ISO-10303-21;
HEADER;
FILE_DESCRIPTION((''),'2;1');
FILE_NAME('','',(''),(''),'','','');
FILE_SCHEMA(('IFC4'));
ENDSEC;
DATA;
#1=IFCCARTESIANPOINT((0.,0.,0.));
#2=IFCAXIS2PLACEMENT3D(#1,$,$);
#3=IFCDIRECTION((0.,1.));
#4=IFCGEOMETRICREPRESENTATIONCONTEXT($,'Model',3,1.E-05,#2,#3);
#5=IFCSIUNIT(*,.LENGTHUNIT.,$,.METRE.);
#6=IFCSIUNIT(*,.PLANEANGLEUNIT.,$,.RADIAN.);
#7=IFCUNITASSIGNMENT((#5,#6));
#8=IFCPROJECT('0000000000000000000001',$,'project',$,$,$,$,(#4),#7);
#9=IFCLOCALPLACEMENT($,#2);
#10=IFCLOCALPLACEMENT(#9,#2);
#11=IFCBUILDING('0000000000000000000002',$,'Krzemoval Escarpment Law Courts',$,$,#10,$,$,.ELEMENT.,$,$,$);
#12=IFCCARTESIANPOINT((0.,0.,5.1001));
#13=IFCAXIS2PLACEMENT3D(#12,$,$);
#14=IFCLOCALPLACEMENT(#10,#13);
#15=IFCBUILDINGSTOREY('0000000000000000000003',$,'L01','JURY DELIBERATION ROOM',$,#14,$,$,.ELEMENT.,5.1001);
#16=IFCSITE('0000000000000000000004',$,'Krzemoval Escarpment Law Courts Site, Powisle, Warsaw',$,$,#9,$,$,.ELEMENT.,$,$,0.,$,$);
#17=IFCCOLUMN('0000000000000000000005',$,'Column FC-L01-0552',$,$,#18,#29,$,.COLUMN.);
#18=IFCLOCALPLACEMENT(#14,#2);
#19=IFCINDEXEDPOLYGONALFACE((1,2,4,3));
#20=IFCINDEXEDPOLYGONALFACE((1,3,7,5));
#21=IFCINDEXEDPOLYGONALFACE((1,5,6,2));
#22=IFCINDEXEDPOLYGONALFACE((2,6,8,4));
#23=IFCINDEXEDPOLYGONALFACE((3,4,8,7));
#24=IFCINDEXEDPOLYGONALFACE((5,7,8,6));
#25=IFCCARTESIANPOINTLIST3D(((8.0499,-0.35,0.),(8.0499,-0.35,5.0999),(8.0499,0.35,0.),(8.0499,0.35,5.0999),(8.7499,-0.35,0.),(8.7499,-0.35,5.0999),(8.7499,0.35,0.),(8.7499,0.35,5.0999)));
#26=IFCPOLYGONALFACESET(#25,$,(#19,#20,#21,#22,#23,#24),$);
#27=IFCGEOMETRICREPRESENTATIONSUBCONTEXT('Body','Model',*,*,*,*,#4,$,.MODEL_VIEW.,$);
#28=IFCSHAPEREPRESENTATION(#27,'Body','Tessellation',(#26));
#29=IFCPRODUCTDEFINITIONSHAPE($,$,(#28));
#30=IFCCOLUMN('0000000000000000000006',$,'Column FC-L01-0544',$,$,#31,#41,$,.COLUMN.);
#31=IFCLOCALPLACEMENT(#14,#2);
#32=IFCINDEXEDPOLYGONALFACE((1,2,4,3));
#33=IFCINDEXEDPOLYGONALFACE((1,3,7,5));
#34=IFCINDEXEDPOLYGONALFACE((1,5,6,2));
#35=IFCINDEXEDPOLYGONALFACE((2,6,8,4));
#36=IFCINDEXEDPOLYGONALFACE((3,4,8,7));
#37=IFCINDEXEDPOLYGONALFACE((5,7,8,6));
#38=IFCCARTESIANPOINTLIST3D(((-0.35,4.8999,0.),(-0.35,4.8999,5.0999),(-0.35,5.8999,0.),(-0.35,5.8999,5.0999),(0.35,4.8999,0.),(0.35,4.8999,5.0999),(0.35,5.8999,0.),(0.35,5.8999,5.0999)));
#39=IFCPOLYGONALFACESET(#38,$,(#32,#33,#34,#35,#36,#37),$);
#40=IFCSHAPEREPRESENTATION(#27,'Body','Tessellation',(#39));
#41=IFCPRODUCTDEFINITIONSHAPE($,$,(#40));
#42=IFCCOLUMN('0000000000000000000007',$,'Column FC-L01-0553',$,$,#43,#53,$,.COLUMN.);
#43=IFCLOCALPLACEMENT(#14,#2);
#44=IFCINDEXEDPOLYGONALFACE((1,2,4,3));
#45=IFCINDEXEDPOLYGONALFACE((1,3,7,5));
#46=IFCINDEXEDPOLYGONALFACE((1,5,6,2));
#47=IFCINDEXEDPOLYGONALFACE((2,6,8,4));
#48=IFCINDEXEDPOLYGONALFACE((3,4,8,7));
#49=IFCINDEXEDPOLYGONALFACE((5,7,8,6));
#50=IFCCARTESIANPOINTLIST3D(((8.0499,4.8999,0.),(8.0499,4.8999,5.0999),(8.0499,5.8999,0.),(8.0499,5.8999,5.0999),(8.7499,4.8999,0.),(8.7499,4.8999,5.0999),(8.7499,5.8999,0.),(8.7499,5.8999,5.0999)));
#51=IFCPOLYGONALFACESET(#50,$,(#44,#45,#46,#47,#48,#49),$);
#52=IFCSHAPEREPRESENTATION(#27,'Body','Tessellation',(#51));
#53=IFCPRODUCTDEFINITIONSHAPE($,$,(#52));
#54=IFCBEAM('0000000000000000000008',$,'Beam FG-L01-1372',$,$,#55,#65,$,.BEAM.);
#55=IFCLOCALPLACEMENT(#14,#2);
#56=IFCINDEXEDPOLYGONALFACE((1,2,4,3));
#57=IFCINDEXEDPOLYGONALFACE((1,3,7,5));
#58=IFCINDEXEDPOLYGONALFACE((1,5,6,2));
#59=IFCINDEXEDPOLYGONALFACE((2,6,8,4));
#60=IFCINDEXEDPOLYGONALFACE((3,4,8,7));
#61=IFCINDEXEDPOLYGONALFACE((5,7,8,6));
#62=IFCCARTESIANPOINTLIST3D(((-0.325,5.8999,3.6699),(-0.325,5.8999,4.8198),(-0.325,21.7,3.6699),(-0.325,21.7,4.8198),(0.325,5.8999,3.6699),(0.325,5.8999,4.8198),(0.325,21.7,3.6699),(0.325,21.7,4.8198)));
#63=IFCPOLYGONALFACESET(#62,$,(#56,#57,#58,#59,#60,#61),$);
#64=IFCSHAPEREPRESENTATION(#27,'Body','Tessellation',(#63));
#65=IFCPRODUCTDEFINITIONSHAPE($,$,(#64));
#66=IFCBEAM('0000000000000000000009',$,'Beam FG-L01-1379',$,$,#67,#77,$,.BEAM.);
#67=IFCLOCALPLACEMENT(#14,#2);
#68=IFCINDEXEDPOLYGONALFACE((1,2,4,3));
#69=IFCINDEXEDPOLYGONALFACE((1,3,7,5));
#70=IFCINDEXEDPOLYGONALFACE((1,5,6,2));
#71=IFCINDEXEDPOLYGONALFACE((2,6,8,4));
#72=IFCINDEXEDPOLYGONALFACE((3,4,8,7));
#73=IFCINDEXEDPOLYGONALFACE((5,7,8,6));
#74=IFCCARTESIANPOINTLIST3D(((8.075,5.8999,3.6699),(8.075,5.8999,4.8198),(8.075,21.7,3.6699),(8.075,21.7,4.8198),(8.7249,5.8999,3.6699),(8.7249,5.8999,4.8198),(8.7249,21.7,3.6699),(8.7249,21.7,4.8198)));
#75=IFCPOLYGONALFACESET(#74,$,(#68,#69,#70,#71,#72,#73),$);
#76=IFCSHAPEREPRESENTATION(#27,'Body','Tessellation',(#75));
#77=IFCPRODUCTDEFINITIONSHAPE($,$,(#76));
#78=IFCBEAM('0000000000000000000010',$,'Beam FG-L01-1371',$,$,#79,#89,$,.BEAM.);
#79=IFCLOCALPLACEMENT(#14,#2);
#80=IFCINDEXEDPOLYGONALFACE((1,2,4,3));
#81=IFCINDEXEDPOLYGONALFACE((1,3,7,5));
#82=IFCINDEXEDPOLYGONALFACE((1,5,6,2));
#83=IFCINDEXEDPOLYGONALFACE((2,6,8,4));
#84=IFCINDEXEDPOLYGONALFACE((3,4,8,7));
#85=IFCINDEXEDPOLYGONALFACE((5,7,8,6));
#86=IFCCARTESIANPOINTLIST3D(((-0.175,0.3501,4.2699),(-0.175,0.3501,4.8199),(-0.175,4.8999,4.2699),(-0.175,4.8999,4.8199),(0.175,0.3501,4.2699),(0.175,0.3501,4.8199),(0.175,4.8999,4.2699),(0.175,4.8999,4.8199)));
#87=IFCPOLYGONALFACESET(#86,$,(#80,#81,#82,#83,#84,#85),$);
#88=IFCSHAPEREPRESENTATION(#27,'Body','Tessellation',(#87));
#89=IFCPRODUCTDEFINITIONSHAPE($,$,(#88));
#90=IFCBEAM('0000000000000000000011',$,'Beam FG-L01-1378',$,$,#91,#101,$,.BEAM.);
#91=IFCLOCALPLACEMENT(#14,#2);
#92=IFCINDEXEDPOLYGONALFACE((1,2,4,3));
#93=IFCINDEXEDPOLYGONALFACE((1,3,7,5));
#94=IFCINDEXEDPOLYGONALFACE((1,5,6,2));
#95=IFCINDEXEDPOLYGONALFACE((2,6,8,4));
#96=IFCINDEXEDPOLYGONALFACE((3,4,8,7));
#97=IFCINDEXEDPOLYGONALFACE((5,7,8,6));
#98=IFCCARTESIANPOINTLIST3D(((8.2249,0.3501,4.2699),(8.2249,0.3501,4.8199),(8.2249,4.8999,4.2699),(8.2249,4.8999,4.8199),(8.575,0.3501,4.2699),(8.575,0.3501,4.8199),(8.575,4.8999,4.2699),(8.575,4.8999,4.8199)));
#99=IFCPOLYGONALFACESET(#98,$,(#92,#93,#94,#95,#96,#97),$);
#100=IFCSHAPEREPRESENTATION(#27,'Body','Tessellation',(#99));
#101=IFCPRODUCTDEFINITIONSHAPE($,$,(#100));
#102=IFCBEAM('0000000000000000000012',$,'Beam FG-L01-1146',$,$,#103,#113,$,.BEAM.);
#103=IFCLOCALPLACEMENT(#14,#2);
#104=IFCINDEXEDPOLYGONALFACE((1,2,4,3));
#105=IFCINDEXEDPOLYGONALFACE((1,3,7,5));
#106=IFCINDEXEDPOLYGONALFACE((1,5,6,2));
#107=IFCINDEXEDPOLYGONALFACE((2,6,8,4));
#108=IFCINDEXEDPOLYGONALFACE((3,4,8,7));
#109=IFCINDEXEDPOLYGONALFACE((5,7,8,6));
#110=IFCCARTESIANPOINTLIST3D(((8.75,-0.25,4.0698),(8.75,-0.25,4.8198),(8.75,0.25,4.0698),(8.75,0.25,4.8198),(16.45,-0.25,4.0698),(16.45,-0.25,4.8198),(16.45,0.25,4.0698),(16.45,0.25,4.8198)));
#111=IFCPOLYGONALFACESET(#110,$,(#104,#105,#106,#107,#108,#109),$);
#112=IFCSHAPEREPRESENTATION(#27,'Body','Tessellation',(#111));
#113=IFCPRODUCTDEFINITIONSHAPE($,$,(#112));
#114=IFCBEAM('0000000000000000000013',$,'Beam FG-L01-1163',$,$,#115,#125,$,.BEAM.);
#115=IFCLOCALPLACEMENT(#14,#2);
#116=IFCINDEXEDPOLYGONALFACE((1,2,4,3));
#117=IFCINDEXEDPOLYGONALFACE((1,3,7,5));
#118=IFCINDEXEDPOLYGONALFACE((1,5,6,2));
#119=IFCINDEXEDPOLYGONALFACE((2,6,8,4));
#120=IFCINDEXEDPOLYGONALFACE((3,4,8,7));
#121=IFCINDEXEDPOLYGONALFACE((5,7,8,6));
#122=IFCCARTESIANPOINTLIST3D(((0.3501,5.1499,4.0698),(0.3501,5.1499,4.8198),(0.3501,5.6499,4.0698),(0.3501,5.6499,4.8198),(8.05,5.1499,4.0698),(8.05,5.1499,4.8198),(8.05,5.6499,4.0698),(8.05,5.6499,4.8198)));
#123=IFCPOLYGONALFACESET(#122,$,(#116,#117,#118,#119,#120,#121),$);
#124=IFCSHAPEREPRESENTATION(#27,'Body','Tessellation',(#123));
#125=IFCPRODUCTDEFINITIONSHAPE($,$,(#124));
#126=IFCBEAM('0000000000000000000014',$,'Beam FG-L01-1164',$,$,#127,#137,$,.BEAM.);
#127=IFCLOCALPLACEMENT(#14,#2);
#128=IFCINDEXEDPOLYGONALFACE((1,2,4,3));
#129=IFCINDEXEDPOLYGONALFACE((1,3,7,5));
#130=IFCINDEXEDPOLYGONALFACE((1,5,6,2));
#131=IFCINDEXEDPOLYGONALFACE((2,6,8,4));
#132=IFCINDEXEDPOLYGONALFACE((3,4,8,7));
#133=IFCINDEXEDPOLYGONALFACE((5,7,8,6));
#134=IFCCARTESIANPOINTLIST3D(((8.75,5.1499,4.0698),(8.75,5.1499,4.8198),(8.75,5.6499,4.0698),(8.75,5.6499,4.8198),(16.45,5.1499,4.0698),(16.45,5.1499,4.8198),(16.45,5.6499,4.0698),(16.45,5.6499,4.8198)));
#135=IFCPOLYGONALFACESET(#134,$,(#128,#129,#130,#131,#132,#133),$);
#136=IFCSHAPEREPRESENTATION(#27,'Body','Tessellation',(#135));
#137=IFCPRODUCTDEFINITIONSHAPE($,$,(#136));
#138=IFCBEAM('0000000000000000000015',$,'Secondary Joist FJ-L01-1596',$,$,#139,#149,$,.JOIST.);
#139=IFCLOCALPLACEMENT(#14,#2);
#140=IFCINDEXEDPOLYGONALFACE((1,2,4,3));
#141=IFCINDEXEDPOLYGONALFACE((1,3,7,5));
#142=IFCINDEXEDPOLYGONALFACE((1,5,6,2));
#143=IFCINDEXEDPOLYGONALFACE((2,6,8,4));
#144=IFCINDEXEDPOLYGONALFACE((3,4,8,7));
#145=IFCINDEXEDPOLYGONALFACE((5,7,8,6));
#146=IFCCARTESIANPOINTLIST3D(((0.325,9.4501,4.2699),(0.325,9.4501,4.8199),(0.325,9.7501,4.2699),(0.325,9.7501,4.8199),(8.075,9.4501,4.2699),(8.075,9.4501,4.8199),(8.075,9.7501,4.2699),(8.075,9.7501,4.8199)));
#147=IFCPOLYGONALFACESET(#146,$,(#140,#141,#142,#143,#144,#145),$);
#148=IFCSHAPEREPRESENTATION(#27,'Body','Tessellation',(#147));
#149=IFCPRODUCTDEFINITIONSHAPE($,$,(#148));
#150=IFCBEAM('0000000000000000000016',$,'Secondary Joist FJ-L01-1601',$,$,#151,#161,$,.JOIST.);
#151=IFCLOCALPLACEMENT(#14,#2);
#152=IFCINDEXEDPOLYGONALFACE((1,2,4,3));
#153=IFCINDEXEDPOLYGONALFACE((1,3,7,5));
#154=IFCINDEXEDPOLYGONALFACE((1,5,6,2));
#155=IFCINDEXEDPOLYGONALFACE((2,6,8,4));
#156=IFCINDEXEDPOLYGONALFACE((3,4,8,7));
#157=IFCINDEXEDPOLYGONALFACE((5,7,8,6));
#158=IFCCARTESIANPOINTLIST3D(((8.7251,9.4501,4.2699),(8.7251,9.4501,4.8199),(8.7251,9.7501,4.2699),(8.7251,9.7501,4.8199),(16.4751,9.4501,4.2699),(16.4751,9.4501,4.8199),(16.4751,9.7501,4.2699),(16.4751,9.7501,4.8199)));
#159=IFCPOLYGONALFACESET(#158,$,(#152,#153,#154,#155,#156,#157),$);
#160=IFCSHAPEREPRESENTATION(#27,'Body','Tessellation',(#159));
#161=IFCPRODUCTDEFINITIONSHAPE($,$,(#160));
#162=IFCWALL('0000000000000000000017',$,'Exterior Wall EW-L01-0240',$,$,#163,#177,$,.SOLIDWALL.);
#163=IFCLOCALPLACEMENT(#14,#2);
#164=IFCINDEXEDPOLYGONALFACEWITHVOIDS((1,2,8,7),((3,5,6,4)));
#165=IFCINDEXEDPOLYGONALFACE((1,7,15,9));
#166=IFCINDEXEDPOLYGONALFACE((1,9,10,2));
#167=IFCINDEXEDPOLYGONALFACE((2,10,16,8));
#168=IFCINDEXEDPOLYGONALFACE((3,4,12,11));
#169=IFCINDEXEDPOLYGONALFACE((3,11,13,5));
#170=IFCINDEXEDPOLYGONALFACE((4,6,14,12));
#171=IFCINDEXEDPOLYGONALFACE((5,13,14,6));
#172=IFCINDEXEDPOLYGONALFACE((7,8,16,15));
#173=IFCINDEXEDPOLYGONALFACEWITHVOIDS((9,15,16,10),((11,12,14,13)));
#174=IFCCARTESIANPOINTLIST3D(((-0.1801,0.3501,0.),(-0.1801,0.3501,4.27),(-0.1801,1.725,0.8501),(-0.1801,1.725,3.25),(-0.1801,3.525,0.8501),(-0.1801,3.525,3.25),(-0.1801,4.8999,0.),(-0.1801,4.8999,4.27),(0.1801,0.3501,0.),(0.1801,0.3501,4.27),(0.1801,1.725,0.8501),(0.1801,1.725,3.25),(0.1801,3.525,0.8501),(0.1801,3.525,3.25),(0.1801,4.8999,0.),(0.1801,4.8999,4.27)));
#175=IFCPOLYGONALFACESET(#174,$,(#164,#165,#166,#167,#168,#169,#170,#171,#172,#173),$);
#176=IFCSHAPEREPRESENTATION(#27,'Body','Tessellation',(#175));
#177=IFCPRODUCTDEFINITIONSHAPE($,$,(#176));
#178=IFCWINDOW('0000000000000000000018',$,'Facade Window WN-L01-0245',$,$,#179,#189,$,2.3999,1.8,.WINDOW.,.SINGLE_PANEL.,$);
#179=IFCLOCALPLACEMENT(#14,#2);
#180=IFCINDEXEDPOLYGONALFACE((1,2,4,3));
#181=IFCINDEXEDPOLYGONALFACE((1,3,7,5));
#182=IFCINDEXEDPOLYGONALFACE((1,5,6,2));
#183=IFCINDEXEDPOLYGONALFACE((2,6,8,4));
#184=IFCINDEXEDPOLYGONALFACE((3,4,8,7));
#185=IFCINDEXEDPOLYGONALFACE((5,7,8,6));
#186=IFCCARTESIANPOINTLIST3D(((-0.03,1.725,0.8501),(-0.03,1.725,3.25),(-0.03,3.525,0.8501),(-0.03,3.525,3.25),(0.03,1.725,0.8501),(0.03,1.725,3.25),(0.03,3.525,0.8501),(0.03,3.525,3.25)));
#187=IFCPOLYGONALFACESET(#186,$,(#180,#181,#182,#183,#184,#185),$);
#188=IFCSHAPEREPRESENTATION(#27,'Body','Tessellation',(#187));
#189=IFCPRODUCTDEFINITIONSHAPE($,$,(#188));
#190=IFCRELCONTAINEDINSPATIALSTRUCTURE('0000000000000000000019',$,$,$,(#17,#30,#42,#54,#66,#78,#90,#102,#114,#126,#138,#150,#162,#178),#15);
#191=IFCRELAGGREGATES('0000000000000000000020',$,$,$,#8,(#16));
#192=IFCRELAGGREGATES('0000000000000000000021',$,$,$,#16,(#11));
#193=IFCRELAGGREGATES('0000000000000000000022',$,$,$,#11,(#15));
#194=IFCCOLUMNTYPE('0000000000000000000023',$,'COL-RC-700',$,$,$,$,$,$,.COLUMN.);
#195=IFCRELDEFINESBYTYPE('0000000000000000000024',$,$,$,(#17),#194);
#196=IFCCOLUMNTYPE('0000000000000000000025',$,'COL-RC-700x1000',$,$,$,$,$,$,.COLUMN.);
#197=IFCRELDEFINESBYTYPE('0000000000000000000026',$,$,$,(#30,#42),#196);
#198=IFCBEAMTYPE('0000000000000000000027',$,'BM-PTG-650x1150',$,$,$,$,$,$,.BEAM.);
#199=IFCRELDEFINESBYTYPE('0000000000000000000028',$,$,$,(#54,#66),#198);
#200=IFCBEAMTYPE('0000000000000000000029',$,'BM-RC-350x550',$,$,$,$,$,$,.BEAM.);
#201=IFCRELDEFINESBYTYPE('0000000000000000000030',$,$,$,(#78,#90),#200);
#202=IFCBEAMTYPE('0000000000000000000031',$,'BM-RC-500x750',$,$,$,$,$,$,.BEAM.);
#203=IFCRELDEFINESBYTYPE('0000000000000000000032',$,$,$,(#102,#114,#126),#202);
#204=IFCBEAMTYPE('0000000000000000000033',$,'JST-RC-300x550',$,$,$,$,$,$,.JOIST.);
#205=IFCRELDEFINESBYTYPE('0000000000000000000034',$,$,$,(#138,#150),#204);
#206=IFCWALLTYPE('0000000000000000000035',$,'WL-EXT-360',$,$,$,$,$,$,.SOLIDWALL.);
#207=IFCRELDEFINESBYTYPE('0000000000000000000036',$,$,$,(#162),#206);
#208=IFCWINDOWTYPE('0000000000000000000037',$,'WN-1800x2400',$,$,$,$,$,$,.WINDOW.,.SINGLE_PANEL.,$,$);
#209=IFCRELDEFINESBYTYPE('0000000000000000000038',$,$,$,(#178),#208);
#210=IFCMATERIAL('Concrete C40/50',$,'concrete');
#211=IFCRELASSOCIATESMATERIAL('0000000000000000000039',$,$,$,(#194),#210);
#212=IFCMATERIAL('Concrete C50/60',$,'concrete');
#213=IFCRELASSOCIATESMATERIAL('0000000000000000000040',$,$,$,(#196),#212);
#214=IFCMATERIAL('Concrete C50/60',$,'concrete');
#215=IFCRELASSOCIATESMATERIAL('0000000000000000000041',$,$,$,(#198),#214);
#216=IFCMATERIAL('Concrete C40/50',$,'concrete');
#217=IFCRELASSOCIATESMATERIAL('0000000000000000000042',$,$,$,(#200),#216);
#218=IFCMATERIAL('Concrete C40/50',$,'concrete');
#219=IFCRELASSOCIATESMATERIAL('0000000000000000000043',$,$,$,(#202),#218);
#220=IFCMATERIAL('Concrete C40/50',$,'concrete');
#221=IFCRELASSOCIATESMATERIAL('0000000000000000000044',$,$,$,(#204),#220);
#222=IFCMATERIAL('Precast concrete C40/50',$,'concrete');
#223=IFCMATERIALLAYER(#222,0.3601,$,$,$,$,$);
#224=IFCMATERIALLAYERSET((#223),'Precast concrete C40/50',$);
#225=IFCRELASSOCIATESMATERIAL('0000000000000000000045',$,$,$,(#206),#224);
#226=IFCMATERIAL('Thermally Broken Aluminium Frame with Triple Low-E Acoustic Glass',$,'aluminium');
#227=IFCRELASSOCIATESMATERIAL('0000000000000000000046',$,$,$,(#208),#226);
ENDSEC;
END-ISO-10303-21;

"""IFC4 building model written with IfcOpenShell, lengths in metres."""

from ifc_helpers import new_model, si_unit, direction, frame, frame_2d, origin, origin_2d, place, context, subcontext, project, spatial, rectangle, extrude, material, layer, layer_set, material_profile, profile_set, type_object, element, fill, save


model = new_model("IFC4")

# Units and contexts
model_context = context("Model", 3, precision=1e-05, world=origin(), true_north=direction((0.0, 1.0)))
body_context = subcontext(model_context, "Body", "Model", "MODEL_VIEW")
ifc_project = project(units=[si_unit("LENGTHUNIT", "METRE"), si_unit("PLANEANGLEUNIT", "RADIAN")], contexts=[model_context])

# Site, building, storey
site_placement = place(None, origin())
site = spatial("IfcSite", under=ifc_project, at=site_placement, Name="Krzemoval Escarpment Law Courts Site, Powisle, Warsaw", CompositionType="ELEMENT", RefElevation=0.0)
building_placement = place(site_placement, origin())
building = spatial("IfcBuilding", under=site, at=building_placement, Name="Krzemoval Escarpment Law Courts", CompositionType="ELEMENT")
storey_placement = place(building_placement, frame((0.0, 0.0, 5.1001)))
storey = spatial("IfcBuildingStorey", under=building, at=storey_placement, Name="L01", Description="JURY DELIBERATION ROOM", CompositionType="ELEMENT", Elevation=5.1001)

# Columns
ifc_material_1 = material(Name="Concrete C40/50", Category="concrete")
ifc_material_profile_1 = material_profile(ifc_material_1, rectangle(XDim=0.7, YDim=0.7, at=origin_2d()), Name="RC 700x700")
ifc_profile_set_1 = profile_set([ifc_material_profile_1], Name="Concrete C40/50")
column_type_1 = type_object("IfcColumnType", Name="COL-RC-700", PredefinedType="COLUMN", material=ifc_profile_set_1)
column_placement = place(storey_placement, frame((8.3999, 0.0, 0.0), z_axis=(0.0, 0.0, 1.0), x_axis=(1.0, 0.0, 0.0)))
element("IfcColumn", 1, at=column_placement, inside=storey, type_object=column_type_1, Name="Column FC-L01-0552", PredefinedType="COLUMN", context=body_context, shape_type="SweptSolid", body=[
    extrude(rectangle(XDim=0.7, YDim=0.7, at=origin_2d()), origin(), (0.0, 0.0, 1.0), 5.0999),
])
ifc_material_2 = material(Name="Concrete C50/60", Category="concrete")
ifc_material_profile_2 = material_profile(ifc_material_2, rectangle(XDim=0.7, YDim=1.0, at=origin_2d()), Name="RC 700x1000")
ifc_profile_set_2 = profile_set([ifc_material_profile_2], Name="Concrete C50/60")
column_type_2 = type_object("IfcColumnType", Name="COL-RC-700x1000", PredefinedType="COLUMN", material=ifc_profile_set_2)
for number, where, z_axis, x_axis, name in (
    (2, (0.0, 5.3999, 0.0), (0.0, 0.0, 1.0), (1.0, 0.0, 0.0), "Column FC-L01-0544"),
    (3, (8.3999, 5.3999, 0.0), (0.0, 0.0, 1.0), (1.0, 0.0, 0.0), "Column FC-L01-0553"),
):
    element("IfcColumn", number, at=place(storey_placement, frame(where, z_axis=z_axis, x_axis=x_axis)), inside=storey, type_object=column_type_2, Name=name, PredefinedType="COLUMN", context=body_context, shape_type="SweptSolid", body=[
        extrude(rectangle(XDim=0.7, YDim=1.0, at=origin_2d()), origin(), (0.0, 0.0, 1.0), 5.0999),
    ])

# Beams
ifc_material_3 = material(Name="Concrete C50/60", Category="concrete")
ifc_material_profile_3 = material_profile(ifc_material_3, rectangle(XDim=0.6499, YDim=1.1499, at=origin_2d()), Name="PTG 650x1150")
ifc_profile_set_3 = profile_set([ifc_material_profile_3], Name="Concrete C50/60")
beam_type_1 = type_object("IfcBeamType", Name="BM-PTG-650x1150", PredefinedType="BEAM", material=ifc_profile_set_3)
for number, where, z_axis, x_axis, name in (
    (4, (0.0, 5.8999, 4.2449), (0.0, 1.0, 0.0), (-1.0, 0.0, 0.0), "Beam FG-L01-1372"),
    (5, (8.3999, 5.8999, 4.2449), (0.0, 1.0, 0.0), (-1.0, 0.0, 0.0), "Beam FG-L01-1379"),
):
    element("IfcBeam", number, at=place(storey_placement, frame(where, z_axis=z_axis, x_axis=x_axis)), inside=storey, type_object=beam_type_1, Name=name, PredefinedType="BEAM", context=body_context, shape_type="SweptSolid", body=[
        extrude(rectangle(XDim=0.6499, YDim=1.1499, at=origin_2d()), origin(), (0.0, 0.0, 1.0), 15.8),
    ])
ifc_material_4 = material(Name="Concrete C40/50", Category="concrete")
ifc_material_profile_4 = material_profile(ifc_material_4, rectangle(XDim=0.3501, YDim=0.55, at=origin_2d()), Name="RCB 350x550")
ifc_profile_set_4 = profile_set([ifc_material_profile_4], Name="Concrete C40/50")
beam_type_2 = type_object("IfcBeamType", Name="BM-RC-350x550", PredefinedType="BEAM", material=ifc_profile_set_4)
for number, where, z_axis, x_axis, name in (
    (6, (0.0, 0.3501, 4.5449), (0.0, 1.0, 0.0), (-1.0, 0.0, 0.0), "Beam FG-L01-1371"),
    (7, (8.3999, 0.3501, 4.5449), (0.0, 1.0, 0.0), (-1.0, 0.0, 0.0), "Beam FG-L01-1378"),
):
    element("IfcBeam", number, at=place(storey_placement, frame(where, z_axis=z_axis, x_axis=x_axis)), inside=storey, type_object=beam_type_2, Name=name, PredefinedType="BEAM", context=body_context, shape_type="SweptSolid", body=[
        extrude(rectangle(XDim=0.3501, YDim=0.55, at=origin_2d()), origin(), (0.0, 0.0, 1.0), 4.5498),
    ])
ifc_material_5 = material(Name="Concrete C40/50", Category="concrete")
ifc_material_profile_5 = material_profile(ifc_material_5, rectangle(XDim=0.5, YDim=0.75, at=origin_2d()), Name="RCB 500x750")
ifc_profile_set_5 = profile_set([ifc_material_profile_5], Name="Concrete C40/50")
beam_type_3 = type_object("IfcBeamType", Name="BM-RC-500x750", PredefinedType="BEAM", material=ifc_profile_set_5)
for number, where, z_axis, x_axis, name in (
    (8, (8.75, 0.0, 4.4448), (1.0, 0.0, 0.0), (0.0, 1.0, 0.0), "Beam FG-L01-1146"),
    (9, (0.3501, 5.3999, 4.4448), (1.0, 0.0, 0.0), (0.0, 1.0, 0.0), "Beam FG-L01-1163"),
    (10, (8.75, 5.3999, 4.4448), (1.0, 0.0, 0.0), (0.0, 1.0, 0.0), "Beam FG-L01-1164"),
):
    element("IfcBeam", number, at=place(storey_placement, frame(where, z_axis=z_axis, x_axis=x_axis)), inside=storey, type_object=beam_type_3, Name=name, PredefinedType="BEAM", context=body_context, shape_type="SweptSolid", body=[
        extrude(rectangle(XDim=0.5, YDim=0.75, at=origin_2d()), origin(), (0.0, 0.0, 1.0), 7.7),
    ])
ifc_material_6 = material(Name="Concrete C40/50", Category="concrete")
ifc_material_profile_6 = material_profile(ifc_material_6, rectangle(XDim=0.3, YDim=0.55, at=origin_2d()), Name="RCB 300x550")
ifc_profile_set_6 = profile_set([ifc_material_profile_6], Name="Concrete C40/50")
beam_type_4 = type_object("IfcBeamType", Name="JST-RC-300x550", PredefinedType="JOIST", material=ifc_profile_set_6)
for number, where, z_axis, x_axis, name in (
    (11, (0.325, 9.6001, 4.5449), (1.0, 0.0, 0.0), (0.0, 1.0, 0.0), "Secondary Joist FJ-L01-1596"),
    (12, (8.7251, 9.6001, 4.5449), (1.0, 0.0, 0.0), (0.0, 1.0, 0.0), "Secondary Joist FJ-L01-1601"),
):
    element("IfcBeam", number, at=place(storey_placement, frame(where, z_axis=z_axis, x_axis=x_axis)), inside=storey, type_object=beam_type_4, Name=name, PredefinedType="JOIST", context=body_context, shape_type="SweptSolid", body=[
        extrude(rectangle(XDim=0.3, YDim=0.55, at=origin_2d()), origin(), (0.0, 0.0, 1.0), 7.75),
    ])

# Wall, opening, window
ifc_material_7 = material(Name="Precast concrete C40/50", Category="concrete")
ifc_layer = layer(ifc_material_7, 0.3601)
ifc_layer_set = layer_set([ifc_layer], Name="Precast concrete C40/50")
wall_type = type_object("IfcWallType", Name="WL-EXT-360", PredefinedType="SOLIDWALL", material=ifc_layer_set)
wall_1_placement = place(storey_placement, frame((0.0, 0.3501, 0.0), z_axis=(0.0, 0.0, 1.0), x_axis=(0.0, 1.0, 0.0)))
wall_1 = element("IfcWall", 13, at=wall_1_placement, inside=storey, type_object=wall_type, Name="Exterior Wall EW-L01-0240", PredefinedType="SOLIDWALL", context=body_context, shape_type="SweptSolid", body=[
    extrude(rectangle(XDim=4.5498, YDim=0.3601, at=frame_2d((2.2749, 0.0))), origin(), (0.0, 0.0, 1.0), 4.27),
])
opening_1_placement = place(wall_1_placement, frame((1.375, 0.0, 0.8501)))
opening_1 = element("IfcOpeningElement", 14, at=opening_1_placement, cuts=wall_1, PredefinedType="OPENING", context=body_context, shape_type="SweptSolid", body=[
    extrude(rectangle(XDim=1.8, YDim=2.3999, at=frame_2d((0.8999, 1.2))), frame((0.0, 0.1951, 0.0), z_axis=(0.0, -1.0, 0.0), x_axis=(1.0, 0.0, 0.0)), (0.0, 0.0, 1.0), 0.3901),
])
ifc_material_8 = material(Name="Thermally Broken Aluminium Frame with Triple Low-E Acoustic Glass", Category="aluminium")
window_type = type_object("IfcWindowType", Name="WN-1800x2400", PartitioningType="SINGLE_PANEL", PredefinedType="WINDOW", material=ifc_material_8)
window_1_placement = place(opening_1_placement, origin())
window_1 = element("IfcWindow", 15, at=window_1_placement, inside=storey, type_object=window_type, Name="Facade Window WN-L01-0245", OverallHeight=2.3999, OverallWidth=1.8, PartitioningType="SINGLE_PANEL", PredefinedType="WINDOW", context=body_context, shape_type="SweptSolid", body=[
    extrude(rectangle(XDim=1.8, YDim=2.3999, at=frame_2d((0.8999, 1.2))), frame((0.0, 0.03, 0.0), z_axis=(0.0, -1.0, 0.0), x_axis=(1.0, 0.0, 0.0)), (0.0, 0.0, 1.0), 0.0601),
])
fill(opening_1, window_1)

save(model, "model.ifc")
